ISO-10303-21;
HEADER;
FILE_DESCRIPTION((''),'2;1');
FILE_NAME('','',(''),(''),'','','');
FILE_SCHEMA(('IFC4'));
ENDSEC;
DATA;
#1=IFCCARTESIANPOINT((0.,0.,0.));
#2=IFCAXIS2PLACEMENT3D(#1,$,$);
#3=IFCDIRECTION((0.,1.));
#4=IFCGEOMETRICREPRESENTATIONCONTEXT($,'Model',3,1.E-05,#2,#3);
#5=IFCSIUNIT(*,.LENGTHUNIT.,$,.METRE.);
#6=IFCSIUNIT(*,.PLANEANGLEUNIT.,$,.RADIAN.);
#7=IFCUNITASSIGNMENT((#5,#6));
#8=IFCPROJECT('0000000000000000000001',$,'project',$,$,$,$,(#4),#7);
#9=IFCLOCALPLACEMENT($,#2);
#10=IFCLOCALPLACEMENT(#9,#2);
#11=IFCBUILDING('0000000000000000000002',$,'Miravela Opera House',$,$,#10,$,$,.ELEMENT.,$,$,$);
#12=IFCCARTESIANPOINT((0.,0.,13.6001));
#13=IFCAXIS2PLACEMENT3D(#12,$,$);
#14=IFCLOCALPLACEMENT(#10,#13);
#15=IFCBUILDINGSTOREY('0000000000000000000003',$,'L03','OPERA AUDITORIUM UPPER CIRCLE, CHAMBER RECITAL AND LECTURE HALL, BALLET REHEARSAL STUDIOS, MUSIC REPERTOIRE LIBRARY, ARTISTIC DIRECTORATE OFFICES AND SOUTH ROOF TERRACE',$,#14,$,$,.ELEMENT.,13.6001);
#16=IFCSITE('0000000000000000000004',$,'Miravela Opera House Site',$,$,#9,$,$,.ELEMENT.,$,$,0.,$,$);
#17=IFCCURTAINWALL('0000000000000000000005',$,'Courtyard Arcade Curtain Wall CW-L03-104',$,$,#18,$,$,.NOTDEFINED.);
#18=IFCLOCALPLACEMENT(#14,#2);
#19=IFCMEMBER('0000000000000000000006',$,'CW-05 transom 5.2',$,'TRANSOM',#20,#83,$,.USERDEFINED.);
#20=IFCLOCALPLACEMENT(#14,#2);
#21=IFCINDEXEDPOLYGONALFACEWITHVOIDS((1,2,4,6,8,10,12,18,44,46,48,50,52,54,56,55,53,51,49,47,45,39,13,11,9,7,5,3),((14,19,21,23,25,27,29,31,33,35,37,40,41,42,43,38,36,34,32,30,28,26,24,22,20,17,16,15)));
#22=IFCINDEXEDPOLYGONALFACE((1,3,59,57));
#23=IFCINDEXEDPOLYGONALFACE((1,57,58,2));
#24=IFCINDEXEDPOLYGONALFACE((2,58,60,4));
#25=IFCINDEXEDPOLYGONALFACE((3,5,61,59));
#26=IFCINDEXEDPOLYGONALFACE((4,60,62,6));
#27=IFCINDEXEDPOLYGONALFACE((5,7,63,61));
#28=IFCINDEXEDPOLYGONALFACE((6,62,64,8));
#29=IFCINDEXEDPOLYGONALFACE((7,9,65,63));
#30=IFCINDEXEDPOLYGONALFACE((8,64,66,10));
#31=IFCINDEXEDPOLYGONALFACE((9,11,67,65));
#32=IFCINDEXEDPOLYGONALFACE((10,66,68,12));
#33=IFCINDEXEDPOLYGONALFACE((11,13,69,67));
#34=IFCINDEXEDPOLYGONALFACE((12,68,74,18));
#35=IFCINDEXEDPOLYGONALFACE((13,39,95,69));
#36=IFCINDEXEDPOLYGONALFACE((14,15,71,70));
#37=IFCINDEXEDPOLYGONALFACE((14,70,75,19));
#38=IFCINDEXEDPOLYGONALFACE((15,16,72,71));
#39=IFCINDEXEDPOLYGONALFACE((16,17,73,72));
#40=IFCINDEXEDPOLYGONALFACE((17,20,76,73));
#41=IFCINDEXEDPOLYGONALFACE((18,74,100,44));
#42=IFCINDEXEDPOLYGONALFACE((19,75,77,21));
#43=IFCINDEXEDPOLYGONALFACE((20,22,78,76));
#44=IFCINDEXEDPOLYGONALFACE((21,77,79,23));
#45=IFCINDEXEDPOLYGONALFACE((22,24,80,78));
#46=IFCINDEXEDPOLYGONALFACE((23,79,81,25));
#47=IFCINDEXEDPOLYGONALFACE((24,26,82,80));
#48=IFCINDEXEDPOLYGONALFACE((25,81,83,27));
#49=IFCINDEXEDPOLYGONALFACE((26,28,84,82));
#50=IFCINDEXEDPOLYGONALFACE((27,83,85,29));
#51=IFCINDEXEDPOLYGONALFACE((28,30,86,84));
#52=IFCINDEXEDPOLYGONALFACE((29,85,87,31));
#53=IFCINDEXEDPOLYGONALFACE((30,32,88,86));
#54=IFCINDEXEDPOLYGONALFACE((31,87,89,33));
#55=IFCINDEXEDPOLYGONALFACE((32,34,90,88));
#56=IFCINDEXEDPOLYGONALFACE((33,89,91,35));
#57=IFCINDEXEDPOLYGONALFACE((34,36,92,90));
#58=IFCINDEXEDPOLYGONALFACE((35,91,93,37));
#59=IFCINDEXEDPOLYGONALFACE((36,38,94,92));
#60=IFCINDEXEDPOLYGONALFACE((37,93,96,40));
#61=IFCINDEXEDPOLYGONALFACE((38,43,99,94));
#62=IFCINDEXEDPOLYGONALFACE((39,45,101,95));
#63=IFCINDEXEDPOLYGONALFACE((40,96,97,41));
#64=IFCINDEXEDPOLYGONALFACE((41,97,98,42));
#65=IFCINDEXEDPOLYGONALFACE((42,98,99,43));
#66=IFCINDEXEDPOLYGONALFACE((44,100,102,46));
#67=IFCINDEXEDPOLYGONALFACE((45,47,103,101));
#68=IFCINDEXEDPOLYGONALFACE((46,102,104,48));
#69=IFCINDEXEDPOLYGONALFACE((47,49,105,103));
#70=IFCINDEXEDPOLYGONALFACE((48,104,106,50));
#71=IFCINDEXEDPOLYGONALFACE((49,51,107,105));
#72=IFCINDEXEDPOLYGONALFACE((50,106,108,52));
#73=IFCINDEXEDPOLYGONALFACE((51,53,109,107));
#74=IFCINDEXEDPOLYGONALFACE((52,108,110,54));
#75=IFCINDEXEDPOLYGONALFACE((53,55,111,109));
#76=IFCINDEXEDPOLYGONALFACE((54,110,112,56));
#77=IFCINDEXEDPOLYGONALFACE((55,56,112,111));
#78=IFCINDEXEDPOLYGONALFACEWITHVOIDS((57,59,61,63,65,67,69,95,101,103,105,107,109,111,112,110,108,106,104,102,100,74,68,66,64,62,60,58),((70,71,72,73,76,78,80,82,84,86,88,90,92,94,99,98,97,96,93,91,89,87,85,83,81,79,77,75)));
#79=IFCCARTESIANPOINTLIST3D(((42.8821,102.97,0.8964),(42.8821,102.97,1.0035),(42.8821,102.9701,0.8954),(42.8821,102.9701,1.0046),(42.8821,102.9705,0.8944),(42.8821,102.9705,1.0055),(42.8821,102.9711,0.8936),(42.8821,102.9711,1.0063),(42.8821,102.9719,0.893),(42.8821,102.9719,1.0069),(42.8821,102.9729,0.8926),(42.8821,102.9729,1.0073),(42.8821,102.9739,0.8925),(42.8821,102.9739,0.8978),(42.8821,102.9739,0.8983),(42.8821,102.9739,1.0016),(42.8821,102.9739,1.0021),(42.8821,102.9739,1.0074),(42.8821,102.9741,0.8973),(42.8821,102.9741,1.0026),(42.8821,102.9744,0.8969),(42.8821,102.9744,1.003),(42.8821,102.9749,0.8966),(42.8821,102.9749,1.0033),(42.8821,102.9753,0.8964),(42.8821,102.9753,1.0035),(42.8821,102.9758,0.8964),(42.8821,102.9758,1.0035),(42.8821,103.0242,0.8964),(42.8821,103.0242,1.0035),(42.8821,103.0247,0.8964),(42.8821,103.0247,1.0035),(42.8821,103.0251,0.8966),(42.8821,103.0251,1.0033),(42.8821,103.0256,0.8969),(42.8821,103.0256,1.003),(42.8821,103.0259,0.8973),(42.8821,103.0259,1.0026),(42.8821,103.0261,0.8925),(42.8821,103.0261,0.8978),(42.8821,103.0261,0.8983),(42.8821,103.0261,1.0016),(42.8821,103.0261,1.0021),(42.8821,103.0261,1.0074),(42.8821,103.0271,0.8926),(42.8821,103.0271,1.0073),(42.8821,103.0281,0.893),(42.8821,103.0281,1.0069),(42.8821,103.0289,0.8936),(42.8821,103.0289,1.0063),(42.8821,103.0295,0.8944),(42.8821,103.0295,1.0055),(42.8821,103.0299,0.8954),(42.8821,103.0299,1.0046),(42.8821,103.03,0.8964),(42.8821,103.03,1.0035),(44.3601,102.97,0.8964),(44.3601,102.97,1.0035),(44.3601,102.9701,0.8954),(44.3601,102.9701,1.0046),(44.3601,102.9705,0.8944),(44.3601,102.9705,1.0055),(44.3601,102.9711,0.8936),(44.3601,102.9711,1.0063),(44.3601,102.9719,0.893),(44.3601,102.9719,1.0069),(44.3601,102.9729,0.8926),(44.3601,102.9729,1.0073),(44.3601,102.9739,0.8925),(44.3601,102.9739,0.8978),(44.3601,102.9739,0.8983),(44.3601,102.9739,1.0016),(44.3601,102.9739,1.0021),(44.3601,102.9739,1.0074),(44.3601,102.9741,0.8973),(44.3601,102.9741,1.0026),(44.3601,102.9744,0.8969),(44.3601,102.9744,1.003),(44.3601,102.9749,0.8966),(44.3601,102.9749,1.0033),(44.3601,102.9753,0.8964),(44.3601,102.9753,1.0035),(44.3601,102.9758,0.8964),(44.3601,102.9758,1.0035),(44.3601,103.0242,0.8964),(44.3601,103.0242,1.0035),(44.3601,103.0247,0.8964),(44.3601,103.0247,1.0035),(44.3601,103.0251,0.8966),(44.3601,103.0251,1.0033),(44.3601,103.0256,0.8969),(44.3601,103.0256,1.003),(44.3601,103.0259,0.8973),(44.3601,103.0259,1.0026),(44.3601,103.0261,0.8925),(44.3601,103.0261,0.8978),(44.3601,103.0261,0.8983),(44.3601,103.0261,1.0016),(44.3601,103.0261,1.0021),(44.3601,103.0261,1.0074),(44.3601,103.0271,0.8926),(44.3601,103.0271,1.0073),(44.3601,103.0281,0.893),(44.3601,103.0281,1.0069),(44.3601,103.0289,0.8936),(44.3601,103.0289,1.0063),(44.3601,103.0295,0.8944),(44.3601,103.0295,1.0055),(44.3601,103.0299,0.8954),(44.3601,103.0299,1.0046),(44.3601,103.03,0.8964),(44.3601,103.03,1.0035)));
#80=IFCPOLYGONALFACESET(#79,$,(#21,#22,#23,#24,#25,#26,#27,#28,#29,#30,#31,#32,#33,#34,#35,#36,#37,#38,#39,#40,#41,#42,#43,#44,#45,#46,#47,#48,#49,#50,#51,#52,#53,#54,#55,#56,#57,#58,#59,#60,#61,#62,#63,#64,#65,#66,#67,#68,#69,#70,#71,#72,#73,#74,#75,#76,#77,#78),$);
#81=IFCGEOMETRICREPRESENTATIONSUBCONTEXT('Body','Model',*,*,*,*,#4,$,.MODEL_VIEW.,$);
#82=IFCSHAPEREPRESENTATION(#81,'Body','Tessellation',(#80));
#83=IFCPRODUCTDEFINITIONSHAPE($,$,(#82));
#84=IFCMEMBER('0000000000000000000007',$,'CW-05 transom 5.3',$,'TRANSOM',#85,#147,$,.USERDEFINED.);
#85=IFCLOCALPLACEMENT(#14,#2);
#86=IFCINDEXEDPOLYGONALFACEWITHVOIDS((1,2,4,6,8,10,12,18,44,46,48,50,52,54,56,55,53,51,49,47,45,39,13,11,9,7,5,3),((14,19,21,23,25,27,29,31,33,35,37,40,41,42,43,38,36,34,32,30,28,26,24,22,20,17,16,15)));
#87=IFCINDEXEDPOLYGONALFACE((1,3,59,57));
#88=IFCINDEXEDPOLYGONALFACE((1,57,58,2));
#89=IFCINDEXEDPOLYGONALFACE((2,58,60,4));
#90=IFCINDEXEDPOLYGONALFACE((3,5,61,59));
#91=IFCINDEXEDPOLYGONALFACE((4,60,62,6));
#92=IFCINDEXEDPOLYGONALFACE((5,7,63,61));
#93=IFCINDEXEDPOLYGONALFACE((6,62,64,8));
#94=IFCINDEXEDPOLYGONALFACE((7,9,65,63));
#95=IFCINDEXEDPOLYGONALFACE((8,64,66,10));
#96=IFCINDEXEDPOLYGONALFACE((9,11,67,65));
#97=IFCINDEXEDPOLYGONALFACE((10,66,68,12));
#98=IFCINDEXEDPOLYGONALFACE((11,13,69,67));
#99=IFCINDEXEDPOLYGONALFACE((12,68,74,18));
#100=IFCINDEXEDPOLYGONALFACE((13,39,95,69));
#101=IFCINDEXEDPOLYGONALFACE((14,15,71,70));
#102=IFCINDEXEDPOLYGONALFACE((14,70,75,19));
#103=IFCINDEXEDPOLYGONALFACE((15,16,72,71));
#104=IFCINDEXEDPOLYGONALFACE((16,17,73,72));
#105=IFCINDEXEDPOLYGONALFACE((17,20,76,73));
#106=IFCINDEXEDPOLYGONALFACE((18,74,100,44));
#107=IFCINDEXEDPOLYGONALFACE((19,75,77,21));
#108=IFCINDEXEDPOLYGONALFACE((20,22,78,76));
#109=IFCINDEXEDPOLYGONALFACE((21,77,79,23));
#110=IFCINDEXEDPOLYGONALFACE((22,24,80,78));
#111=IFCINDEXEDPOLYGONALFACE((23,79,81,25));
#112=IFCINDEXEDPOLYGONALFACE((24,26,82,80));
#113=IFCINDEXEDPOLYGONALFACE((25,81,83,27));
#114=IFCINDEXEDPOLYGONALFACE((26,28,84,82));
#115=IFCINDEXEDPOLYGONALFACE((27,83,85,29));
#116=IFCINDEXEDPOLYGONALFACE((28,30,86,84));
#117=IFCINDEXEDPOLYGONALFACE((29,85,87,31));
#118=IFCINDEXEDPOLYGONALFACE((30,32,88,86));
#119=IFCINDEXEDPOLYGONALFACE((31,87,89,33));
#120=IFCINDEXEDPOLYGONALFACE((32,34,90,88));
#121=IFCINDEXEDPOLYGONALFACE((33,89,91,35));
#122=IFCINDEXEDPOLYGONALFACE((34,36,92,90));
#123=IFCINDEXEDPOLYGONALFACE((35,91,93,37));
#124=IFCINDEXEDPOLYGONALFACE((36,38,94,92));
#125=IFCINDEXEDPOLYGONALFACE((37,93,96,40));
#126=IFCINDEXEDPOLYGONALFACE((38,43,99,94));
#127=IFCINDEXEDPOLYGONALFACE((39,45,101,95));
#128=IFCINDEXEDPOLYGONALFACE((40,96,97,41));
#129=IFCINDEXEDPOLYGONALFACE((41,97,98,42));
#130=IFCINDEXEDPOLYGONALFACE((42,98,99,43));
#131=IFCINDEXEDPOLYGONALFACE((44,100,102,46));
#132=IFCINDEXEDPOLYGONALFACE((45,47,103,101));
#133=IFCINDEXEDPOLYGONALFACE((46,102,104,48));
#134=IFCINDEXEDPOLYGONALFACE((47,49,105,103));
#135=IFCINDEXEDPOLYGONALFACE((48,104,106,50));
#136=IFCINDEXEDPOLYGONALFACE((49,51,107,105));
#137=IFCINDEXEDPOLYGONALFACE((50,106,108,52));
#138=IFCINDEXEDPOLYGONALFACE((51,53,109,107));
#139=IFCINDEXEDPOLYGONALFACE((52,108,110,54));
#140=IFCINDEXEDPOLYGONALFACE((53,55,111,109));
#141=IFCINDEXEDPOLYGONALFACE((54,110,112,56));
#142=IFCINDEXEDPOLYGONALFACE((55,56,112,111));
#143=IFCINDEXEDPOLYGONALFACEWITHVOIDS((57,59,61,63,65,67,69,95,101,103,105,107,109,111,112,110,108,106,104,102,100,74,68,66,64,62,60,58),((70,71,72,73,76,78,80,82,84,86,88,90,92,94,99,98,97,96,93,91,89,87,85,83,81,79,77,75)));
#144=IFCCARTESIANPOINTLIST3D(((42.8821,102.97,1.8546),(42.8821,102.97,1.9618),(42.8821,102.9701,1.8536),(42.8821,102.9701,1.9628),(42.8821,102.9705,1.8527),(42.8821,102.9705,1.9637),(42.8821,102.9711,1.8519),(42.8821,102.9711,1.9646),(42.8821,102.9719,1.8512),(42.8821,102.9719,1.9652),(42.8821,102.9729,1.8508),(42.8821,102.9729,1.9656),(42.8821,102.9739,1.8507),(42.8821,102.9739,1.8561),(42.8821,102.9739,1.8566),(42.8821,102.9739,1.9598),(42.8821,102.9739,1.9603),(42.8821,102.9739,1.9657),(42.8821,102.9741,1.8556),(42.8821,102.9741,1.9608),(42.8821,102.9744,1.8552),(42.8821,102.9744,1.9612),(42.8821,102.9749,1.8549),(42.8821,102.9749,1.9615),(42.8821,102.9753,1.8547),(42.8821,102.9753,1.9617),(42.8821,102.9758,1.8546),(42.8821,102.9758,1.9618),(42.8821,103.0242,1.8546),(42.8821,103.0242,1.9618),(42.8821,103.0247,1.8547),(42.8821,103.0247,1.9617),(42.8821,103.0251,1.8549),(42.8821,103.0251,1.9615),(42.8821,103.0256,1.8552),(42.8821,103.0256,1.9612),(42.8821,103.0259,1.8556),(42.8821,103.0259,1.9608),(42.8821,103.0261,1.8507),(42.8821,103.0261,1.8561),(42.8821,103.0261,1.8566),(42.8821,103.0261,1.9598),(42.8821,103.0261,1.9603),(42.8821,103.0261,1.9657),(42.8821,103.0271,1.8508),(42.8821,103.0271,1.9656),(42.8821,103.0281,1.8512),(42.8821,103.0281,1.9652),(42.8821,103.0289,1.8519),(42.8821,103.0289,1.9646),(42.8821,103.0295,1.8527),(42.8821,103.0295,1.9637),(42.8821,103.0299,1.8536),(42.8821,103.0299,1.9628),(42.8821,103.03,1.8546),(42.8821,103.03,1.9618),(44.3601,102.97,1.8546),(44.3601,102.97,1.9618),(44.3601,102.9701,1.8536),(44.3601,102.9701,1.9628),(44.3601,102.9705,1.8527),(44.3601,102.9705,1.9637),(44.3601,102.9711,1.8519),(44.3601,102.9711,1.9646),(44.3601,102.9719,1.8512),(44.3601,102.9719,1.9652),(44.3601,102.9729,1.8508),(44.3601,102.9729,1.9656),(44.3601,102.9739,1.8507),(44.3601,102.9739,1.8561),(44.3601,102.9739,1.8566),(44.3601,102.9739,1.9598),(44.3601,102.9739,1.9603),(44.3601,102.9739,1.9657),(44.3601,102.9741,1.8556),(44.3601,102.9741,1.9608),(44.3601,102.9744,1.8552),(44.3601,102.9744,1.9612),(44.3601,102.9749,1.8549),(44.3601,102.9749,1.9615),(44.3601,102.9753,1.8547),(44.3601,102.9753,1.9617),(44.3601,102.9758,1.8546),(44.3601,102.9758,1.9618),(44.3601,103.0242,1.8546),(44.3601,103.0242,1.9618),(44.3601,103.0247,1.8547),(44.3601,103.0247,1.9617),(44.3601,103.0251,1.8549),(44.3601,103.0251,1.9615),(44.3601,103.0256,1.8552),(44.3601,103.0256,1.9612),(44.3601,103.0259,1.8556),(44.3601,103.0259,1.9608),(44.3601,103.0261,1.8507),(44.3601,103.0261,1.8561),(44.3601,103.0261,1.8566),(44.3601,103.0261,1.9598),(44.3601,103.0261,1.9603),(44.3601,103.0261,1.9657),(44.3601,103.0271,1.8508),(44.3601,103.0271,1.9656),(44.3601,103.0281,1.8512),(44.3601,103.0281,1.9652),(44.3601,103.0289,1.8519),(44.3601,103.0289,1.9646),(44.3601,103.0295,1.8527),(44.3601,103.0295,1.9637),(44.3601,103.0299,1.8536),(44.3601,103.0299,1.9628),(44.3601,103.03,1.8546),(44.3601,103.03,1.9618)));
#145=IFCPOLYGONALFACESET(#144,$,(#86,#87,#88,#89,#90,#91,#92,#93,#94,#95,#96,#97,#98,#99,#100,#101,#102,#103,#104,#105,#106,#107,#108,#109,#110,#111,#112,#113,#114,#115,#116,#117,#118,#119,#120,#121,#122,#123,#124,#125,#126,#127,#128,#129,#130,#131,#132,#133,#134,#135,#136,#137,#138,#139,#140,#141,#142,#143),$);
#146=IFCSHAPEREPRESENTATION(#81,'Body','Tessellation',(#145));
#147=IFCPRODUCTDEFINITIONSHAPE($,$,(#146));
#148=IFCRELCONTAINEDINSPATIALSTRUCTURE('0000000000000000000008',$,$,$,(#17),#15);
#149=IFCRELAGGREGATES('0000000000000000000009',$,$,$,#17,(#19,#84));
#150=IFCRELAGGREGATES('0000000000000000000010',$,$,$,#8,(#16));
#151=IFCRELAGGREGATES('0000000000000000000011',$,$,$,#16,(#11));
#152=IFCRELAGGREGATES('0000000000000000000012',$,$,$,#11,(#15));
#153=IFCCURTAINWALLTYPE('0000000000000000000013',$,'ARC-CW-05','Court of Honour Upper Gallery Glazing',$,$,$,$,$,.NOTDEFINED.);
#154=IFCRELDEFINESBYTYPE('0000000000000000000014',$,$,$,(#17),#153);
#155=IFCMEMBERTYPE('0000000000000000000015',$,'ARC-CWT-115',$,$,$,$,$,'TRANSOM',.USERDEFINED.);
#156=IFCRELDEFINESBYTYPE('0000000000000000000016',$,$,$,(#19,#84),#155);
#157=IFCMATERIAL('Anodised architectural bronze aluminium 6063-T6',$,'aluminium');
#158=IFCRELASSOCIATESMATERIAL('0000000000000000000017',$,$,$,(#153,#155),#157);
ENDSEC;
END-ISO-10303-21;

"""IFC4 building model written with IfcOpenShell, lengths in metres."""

from ifc_helpers import new_model, si_unit, direction, frame, origin, origin_2d, place, context, subcontext, project, spatial, hollow_rectangle, extrude, material, material_profile, profile_set, type_object, element, aggregate, save


model = new_model("IFC4")

# Units and contexts
model_context = context("Model", 3, precision=1e-05, world=origin(), true_north=direction((0.0, 1.0)))
body_context = subcontext(model_context, "Body", "Model", "MODEL_VIEW")
ifc_project = project(units=[si_unit("LENGTHUNIT", "METRE"), si_unit("PLANEANGLEUNIT", "RADIAN")], contexts=[model_context])

# Site, building, storey
site_placement = place(None, origin())
site = spatial("IfcSite", under=ifc_project, at=site_placement, Name="Miravela Opera House Site", CompositionType="ELEMENT", RefElevation=0.0)
building_placement = place(site_placement, origin())
building = spatial("IfcBuilding", under=site, at=building_placement, Name="Miravela Opera House", CompositionType="ELEMENT")
storey_placement = place(building_placement, frame((0.0, 0.0, 13.6001)))
storey = spatial("IfcBuildingStorey", under=building, at=storey_placement, Name="L03", Description="OPERA AUDITORIUM UPPER CIRCLE, CHAMBER RECITAL AND LECTURE HALL, BALLET REHEARSAL STUDIOS, MUSIC REPERTOIRE LIBRARY, ARTISTIC DIRECTORATE OFFICES AND SOUTH ROOF TERRACE", CompositionType="ELEMENT", Elevation=13.6001)

# Curtain wall
ifc_material_1 = material(Name="Anodised architectural bronze aluminium 6063-T6", Category="aluminium")
curtain_wall_type = type_object("IfcCurtainWallType", Name="ARC-CW-05", Description="Court of Honour Upper Gallery Glazing", PredefinedType="NOTDEFINED", material=ifc_material_1)
curtain_wall_1_placement = place(storey_placement, origin())
curtain_wall_1 = element("IfcCurtainWall", 1, at=curtain_wall_1_placement, inside=storey, type_object=curtain_wall_type, Name="Courtyard Arcade Curtain Wall CW-L03-104", PredefinedType="NOTDEFINED")

# Members
ifc_material_profile_1 = material_profile(ifc_material_1, hollow_rectangle(XDim=0.0601, YDim=0.115, WallThickness=0.0039, InnerFilletRadius=0.002, OuterFilletRadius=0.0039, at=origin_2d()), Name="CWT-60X115")
ifc_profile_set_1 = profile_set([ifc_material_profile_1])
member_type_1 = type_object("IfcMemberType", Name="ARC-CWT-115", ElementType="TRANSOM", PredefinedType="USERDEFINED", material=ifc_profile_set_1)
member_1_placement = place(storey_placement, frame((42.8821, 103.0, 0.95), z_axis=(1.0, 0.0, 0.0), x_axis=(0.0, 1.0, 0.0)))
member_1 = element("IfcMember", 2, at=member_1_placement, type_object=member_type_1, Name="CW-05 transom 5.2", ObjectType="TRANSOM", PredefinedType="USERDEFINED", context=body_context, shape_type="SweptSolid", body=[
    extrude(hollow_rectangle(XDim=0.0601, YDim=0.115, WallThickness=0.0039, InnerFilletRadius=0.002, OuterFilletRadius=0.0039, at=origin_2d()), origin(), (0.0, 0.0, 1.0), 1.478),
])
member_2_placement = place(storey_placement, frame((42.8821, 103.0, 1.9082), z_axis=(1.0, 0.0, 0.0), x_axis=(0.0, 1.0, 0.0)))
member_2 = element("IfcMember", 3, at=member_2_placement, type_object=member_type_1, Name="CW-05 transom 5.3", ObjectType="TRANSOM", PredefinedType="USERDEFINED", context=body_context, shape_type="SweptSolid", body=[
    extrude(hollow_rectangle(XDim=0.0601, YDim=0.115, WallThickness=0.0039, InnerFilletRadius=0.002, OuterFilletRadius=0.0039, at=origin_2d()), origin(), (0.0, 0.0, 1.0), 1.478),
])

aggregate(curtain_wall_1, [member_1, member_2])

save(model, "model.ifc")
